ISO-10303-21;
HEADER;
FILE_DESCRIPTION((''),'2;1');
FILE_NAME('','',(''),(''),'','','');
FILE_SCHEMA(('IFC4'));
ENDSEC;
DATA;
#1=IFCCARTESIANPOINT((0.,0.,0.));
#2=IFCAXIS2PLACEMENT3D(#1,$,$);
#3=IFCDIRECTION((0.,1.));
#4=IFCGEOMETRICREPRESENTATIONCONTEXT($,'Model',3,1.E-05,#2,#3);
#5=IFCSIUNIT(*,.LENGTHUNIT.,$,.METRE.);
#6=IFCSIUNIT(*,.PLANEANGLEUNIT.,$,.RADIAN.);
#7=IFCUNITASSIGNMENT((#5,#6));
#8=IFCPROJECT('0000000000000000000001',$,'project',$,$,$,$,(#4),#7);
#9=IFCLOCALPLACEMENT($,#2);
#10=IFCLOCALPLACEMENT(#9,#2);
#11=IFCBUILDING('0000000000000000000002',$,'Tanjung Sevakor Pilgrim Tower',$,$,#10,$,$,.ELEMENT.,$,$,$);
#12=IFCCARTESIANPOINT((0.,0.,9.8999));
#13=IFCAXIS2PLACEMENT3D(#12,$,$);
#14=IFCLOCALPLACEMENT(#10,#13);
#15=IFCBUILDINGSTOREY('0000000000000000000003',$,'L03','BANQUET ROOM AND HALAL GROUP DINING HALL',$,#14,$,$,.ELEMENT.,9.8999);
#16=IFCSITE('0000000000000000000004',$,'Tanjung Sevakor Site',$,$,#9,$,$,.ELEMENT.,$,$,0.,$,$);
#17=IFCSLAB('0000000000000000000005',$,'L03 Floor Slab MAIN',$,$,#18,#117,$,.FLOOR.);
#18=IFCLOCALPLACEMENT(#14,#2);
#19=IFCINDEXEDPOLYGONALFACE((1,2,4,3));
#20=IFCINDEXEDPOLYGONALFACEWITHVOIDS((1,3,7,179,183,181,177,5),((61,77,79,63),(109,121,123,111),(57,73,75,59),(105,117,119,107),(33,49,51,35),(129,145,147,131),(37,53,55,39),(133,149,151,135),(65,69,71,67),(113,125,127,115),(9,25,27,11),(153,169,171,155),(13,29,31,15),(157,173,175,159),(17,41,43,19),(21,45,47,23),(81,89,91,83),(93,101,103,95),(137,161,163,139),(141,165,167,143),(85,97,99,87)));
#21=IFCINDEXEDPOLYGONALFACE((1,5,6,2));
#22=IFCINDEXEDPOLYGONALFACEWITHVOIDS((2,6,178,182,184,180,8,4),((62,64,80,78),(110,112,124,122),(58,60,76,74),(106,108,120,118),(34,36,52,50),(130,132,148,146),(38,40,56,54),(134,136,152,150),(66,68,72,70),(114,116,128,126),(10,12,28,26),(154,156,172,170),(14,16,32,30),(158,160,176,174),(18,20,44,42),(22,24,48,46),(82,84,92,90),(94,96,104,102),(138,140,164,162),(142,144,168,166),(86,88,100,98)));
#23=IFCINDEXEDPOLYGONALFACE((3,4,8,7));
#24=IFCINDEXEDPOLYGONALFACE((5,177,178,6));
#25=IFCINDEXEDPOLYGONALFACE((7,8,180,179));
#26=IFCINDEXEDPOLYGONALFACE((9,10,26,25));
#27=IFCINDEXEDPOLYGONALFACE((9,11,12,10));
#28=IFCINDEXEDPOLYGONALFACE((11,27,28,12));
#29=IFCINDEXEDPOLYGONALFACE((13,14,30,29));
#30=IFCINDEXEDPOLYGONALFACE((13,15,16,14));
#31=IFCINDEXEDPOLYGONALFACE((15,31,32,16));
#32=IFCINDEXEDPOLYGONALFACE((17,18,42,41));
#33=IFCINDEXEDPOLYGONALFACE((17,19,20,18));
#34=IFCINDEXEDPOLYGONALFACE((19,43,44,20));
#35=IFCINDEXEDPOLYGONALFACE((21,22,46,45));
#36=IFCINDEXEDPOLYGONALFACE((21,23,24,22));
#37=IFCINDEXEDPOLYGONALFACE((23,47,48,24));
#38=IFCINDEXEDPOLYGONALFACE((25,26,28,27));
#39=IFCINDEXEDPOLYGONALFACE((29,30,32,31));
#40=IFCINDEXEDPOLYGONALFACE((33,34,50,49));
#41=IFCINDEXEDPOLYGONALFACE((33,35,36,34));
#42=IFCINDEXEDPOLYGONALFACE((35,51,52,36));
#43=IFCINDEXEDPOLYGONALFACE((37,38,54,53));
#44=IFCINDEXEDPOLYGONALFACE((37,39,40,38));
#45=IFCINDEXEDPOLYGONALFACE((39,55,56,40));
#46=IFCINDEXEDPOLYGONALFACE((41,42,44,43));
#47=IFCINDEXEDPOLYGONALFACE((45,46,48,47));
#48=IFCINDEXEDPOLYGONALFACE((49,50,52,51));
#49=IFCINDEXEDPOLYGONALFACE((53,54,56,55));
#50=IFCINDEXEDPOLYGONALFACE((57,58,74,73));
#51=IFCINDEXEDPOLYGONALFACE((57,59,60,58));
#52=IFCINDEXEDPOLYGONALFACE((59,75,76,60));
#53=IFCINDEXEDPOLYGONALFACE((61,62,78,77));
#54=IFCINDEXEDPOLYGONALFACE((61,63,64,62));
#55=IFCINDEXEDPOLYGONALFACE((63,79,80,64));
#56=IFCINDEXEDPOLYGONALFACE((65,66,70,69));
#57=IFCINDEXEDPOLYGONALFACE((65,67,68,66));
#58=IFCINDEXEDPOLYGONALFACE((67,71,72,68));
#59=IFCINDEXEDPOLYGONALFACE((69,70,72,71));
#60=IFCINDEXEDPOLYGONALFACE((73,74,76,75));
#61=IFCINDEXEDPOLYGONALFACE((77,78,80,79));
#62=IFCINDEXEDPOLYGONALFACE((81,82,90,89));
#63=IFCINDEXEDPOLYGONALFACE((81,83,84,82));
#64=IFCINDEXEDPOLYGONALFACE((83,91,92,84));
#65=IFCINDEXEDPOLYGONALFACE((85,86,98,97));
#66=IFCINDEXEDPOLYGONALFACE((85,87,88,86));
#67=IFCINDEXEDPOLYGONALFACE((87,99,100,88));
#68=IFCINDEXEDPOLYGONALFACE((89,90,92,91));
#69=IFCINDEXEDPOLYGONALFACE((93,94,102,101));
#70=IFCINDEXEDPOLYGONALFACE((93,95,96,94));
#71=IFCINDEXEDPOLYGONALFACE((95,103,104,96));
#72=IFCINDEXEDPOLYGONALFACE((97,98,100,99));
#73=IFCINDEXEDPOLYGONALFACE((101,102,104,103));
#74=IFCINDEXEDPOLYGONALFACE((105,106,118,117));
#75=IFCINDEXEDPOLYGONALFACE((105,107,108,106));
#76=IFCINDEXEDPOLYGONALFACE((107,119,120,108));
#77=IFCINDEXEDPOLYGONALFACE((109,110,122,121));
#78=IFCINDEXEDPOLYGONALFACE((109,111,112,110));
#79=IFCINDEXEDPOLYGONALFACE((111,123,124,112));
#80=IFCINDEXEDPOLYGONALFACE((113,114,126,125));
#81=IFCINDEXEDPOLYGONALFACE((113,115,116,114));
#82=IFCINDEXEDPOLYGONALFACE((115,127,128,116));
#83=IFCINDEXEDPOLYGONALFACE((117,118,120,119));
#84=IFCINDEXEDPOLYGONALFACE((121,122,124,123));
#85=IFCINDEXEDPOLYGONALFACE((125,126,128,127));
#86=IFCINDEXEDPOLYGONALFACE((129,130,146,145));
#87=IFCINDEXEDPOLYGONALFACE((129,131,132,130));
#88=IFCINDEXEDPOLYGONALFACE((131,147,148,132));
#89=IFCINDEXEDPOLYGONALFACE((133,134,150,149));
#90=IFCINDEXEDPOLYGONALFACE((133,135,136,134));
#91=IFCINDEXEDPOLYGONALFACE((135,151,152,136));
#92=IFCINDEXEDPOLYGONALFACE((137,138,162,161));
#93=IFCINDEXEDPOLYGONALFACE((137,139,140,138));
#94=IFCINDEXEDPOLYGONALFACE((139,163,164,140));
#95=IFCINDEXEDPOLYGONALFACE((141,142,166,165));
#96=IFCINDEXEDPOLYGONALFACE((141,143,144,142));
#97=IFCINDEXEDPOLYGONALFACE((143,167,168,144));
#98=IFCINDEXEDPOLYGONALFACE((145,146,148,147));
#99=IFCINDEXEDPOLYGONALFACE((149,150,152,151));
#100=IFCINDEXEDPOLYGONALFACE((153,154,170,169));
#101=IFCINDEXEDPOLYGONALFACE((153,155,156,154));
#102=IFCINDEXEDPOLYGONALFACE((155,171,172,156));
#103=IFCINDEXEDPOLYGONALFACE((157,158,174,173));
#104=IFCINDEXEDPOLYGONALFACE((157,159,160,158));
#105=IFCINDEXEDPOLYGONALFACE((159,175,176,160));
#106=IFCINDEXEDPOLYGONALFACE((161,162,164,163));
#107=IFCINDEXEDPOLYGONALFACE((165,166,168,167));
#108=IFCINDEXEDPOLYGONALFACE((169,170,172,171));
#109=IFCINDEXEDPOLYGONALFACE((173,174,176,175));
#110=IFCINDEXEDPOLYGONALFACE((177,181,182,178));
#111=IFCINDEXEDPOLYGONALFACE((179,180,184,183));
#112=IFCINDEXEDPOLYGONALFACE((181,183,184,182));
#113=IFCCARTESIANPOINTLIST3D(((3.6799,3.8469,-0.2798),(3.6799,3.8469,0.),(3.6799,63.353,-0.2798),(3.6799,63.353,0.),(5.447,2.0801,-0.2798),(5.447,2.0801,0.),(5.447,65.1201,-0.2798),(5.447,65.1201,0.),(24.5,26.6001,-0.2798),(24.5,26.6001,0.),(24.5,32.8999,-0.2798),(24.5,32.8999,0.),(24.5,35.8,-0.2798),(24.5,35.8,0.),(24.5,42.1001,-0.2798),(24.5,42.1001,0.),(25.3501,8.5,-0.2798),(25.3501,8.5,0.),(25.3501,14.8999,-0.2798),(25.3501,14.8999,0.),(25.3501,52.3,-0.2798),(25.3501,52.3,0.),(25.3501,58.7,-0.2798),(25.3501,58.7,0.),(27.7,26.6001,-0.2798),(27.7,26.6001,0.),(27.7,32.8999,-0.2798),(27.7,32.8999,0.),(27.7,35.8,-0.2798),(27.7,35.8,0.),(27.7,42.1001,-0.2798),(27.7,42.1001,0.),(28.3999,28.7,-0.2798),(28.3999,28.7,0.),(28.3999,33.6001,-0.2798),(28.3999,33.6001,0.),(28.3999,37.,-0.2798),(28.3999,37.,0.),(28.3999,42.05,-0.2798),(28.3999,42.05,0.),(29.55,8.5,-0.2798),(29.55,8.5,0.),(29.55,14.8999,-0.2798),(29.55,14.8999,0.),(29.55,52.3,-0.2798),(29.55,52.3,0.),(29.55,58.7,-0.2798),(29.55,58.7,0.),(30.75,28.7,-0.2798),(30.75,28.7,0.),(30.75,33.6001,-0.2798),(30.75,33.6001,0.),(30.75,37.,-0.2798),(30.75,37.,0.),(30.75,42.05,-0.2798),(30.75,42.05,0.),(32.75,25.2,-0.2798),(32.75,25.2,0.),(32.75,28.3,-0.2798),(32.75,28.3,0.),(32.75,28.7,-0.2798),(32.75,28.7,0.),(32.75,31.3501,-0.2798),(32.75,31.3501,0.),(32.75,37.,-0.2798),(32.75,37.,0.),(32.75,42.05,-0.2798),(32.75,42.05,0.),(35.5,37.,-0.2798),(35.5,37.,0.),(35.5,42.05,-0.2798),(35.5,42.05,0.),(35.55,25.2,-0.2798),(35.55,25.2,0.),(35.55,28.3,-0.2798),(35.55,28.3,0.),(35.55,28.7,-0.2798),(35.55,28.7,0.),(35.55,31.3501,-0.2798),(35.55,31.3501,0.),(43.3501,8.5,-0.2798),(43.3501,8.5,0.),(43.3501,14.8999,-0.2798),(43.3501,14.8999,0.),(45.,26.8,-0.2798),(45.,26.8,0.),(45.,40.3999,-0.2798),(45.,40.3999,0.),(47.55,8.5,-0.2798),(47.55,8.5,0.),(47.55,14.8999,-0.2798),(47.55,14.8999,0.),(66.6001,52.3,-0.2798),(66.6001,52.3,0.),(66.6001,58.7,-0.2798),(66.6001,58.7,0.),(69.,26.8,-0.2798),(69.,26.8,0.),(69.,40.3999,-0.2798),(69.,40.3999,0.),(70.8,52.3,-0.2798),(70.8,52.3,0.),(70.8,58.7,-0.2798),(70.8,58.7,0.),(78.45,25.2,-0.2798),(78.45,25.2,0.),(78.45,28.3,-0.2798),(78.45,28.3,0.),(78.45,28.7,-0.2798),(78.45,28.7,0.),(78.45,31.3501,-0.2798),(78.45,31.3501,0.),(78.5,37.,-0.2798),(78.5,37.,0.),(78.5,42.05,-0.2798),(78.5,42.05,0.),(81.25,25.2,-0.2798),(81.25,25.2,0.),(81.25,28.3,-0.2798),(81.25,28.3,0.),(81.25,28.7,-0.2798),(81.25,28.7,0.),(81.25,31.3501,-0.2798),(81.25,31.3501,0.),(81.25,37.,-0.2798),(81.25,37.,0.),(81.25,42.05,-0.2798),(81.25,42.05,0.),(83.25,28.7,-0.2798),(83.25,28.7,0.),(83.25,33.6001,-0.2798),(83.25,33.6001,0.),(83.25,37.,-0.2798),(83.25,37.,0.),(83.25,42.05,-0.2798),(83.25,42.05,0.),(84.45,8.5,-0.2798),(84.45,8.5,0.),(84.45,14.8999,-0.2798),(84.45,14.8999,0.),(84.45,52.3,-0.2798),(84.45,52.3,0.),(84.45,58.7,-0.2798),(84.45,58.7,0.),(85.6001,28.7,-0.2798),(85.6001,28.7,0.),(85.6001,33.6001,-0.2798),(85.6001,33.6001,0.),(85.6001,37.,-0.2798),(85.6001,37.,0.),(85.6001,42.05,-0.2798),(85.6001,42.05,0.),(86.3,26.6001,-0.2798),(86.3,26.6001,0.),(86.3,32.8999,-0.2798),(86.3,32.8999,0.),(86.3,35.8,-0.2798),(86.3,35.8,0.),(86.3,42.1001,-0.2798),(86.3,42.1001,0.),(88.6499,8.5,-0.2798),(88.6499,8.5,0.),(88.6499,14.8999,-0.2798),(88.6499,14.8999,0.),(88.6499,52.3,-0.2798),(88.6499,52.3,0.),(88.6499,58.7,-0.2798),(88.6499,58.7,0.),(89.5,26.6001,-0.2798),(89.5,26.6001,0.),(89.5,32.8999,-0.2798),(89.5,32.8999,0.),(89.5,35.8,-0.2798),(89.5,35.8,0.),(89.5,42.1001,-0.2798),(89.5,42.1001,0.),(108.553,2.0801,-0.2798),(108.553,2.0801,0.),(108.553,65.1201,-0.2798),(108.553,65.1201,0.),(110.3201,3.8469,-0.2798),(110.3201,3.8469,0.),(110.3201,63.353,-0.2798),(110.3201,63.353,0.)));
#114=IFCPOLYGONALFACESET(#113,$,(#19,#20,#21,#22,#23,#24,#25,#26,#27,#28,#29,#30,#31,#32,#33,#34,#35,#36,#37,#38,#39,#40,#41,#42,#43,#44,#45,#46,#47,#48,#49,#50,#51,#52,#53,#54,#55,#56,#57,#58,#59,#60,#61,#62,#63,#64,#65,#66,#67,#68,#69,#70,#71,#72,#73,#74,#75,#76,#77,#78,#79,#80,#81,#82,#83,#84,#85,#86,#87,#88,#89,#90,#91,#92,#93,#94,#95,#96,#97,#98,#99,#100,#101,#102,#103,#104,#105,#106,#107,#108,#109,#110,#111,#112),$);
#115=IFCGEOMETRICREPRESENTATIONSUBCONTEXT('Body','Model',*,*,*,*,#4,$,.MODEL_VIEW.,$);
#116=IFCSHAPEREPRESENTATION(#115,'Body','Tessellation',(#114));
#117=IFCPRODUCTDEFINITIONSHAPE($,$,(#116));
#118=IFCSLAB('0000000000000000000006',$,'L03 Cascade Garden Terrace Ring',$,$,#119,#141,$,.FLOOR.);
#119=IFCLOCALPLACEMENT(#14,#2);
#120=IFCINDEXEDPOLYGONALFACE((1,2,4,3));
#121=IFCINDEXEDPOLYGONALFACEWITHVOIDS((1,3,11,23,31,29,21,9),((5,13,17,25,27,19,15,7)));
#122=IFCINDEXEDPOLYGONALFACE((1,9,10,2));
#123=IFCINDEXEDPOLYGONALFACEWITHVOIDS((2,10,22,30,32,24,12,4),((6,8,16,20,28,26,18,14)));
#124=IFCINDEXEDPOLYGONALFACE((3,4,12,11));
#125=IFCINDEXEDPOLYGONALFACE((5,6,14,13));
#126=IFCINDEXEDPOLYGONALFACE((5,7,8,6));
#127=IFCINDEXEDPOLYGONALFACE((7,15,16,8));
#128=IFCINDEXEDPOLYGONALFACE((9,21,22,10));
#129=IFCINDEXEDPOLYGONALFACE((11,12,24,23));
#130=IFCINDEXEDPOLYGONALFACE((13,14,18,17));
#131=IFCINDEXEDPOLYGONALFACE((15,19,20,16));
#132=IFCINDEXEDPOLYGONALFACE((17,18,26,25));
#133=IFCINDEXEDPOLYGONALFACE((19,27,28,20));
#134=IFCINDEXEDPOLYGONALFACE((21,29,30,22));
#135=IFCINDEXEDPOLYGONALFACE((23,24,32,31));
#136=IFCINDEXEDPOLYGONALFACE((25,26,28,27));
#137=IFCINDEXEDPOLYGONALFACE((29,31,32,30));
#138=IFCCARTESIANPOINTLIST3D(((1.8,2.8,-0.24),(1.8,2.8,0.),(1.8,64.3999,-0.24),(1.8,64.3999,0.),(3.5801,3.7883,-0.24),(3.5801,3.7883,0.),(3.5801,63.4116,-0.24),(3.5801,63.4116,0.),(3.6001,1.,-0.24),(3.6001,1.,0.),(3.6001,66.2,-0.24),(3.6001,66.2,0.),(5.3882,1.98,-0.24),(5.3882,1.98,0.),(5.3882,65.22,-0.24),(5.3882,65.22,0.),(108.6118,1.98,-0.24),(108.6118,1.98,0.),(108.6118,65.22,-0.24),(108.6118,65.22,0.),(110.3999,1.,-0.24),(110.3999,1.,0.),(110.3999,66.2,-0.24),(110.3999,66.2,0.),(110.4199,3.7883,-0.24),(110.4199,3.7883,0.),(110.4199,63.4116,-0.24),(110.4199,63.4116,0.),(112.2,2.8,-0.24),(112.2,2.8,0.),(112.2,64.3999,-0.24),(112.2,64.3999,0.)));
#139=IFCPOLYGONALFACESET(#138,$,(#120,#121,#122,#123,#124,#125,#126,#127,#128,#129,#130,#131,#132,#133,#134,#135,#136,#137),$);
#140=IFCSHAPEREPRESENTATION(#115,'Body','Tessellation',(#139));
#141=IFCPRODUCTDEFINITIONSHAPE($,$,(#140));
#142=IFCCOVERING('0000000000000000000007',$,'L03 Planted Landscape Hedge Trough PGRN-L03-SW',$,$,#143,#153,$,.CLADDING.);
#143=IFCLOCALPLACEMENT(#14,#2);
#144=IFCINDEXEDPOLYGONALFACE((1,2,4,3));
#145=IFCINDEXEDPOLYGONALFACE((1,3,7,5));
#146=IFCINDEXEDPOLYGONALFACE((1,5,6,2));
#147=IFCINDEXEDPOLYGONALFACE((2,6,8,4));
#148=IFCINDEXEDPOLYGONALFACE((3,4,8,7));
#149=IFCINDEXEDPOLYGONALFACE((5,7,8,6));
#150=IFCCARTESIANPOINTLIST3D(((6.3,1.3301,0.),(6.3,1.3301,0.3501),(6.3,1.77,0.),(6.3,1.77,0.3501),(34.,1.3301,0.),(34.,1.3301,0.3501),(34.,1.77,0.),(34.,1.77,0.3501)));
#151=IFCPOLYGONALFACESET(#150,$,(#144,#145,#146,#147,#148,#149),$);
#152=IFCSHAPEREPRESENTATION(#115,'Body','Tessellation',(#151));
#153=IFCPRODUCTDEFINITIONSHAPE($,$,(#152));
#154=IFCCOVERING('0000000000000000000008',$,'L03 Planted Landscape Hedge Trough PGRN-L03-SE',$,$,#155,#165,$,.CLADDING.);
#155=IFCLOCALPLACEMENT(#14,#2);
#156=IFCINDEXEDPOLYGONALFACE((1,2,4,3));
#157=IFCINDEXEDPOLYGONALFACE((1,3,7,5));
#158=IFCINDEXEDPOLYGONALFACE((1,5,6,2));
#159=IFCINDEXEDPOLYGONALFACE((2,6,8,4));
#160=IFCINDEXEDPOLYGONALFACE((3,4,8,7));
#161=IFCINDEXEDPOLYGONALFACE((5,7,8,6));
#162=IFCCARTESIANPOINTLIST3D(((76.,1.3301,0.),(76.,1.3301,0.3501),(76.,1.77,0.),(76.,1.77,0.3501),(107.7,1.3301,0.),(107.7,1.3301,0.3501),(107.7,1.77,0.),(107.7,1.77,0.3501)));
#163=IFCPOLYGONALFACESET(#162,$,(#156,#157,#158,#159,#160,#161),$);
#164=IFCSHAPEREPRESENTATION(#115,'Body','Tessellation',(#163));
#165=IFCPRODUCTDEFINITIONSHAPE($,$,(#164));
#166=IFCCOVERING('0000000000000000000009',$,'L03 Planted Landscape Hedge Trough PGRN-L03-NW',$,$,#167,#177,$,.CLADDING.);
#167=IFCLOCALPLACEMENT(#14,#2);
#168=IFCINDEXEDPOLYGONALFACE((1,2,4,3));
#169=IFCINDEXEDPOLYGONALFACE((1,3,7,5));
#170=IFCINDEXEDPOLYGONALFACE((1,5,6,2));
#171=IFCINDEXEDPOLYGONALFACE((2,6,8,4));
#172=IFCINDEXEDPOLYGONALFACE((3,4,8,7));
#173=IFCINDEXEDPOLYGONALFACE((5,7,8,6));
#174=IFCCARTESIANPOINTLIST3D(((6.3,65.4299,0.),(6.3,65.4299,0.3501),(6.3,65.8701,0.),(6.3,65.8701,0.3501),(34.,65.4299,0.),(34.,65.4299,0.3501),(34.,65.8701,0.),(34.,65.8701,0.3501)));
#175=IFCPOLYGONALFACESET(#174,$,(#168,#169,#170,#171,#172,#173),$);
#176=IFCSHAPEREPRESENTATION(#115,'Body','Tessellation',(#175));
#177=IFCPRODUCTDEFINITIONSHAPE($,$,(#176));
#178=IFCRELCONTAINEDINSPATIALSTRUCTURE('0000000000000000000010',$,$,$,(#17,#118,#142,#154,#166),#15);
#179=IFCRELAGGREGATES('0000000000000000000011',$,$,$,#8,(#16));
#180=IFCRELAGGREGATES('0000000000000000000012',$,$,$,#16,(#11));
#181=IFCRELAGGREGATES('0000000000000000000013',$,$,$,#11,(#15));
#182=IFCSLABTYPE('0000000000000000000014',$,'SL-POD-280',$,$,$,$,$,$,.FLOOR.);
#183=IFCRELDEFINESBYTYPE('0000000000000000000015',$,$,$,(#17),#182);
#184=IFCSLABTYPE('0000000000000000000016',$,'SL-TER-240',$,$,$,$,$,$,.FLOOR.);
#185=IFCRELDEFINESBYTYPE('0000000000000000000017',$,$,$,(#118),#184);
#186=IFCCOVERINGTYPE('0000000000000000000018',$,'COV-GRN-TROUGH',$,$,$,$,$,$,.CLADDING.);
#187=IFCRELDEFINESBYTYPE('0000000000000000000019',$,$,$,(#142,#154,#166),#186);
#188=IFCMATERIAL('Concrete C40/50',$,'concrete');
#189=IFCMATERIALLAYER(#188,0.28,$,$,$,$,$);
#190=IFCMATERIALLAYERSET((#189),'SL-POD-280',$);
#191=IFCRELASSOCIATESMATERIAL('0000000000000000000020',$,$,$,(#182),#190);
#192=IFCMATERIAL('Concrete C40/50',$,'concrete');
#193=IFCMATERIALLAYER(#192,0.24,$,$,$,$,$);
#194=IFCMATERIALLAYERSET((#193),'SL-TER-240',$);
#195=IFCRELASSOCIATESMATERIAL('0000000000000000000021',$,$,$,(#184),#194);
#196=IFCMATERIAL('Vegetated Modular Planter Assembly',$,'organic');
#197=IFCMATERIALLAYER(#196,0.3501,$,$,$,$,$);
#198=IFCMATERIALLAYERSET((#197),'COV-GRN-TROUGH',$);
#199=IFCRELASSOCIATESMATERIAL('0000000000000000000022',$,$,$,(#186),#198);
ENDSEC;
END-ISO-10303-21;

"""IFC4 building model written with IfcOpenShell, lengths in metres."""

from ifc_helpers import new_model, si_unit, direction, frame, origin, place, context, subcontext, project, spatial, polyline, outline, extrude, material, layer, layer_set, type_object, element, save


model = new_model("IFC4")

# Units and contexts
model_context = context("Model", 3, precision=1e-05, world=origin(), true_north=direction((0.0, 1.0)))
body_context = subcontext(model_context, "Body", "Model", "MODEL_VIEW")
ifc_project = project(units=[si_unit("LENGTHUNIT", "METRE"), si_unit("PLANEANGLEUNIT", "RADIAN")], contexts=[model_context])

# Site, building, storey
site_placement = place(None, origin())
site = spatial("IfcSite", under=ifc_project, at=site_placement, Name="Tanjung Sevakor Site", CompositionType="ELEMENT", RefElevation=0.0)
building_placement = place(site_placement, origin())
building = spatial("IfcBuilding", under=site, at=building_placement, Name="Tanjung Sevakor Pilgrim Tower", CompositionType="ELEMENT")
storey_placement = place(building_placement, frame((0.0, 0.0, 9.8999)))
storey = spatial("IfcBuildingStorey", under=building, at=storey_placement, Name="L03", Description="BANQUET ROOM AND HALAL GROUP DINING HALL", CompositionType="ELEMENT", Elevation=9.8999)

# Slabs
ifc_material_1 = material(Name="Concrete C40/50", Category="concrete")
ifc_layer_1 = layer(ifc_material_1, 0.28)
ifc_layer_set_1 = layer_set([ifc_layer_1], Name="SL-POD-280")
slab_type_1 = type_object("IfcSlabType", Name="SL-POD-280", PredefinedType="FLOOR", material=ifc_layer_set_1)
slab_1_placement = place(storey_placement, frame((0.0, 0.0, -0.2798)))
element("IfcSlab", 1, at=slab_1_placement, inside=storey, type_object=slab_type_1, Name="L03 Floor Slab MAIN", PredefinedType="FLOOR", context=body_context, shape_type="SweptSolid", body=[
    extrude(outline(polyline([(5.447, 2.0801), (108.553, 2.0801), (110.3201, 3.8469), (110.3201, 63.353), (108.553, 65.1201), (5.447, 65.1201), (3.6799, 63.353), (3.6799, 3.8469), (5.447, 2.0801)]), holes=[polyline([(27.7, 26.6001), (27.7, 32.8999), (24.5, 32.8999), (24.5, 26.6001), (27.7, 26.6001)]), polyline([(27.7, 35.8), (27.7, 42.1001), (24.5, 42.1001), (24.5, 35.8), (27.7, 35.8)]), polyline([(89.5, 26.6001), (89.5, 32.8999), (86.3, 32.8999), (86.3, 26.6001), (89.5, 26.6001)]), polyline([(89.5, 35.8), (89.5, 42.1001), (86.3, 42.1001), (86.3, 35.8), (89.5, 35.8)]), polyline([(25.3501, 14.8999), (25.3501, 8.5), (29.55, 8.5), (29.55, 14.8999), (25.3501, 14.8999)]), polyline([(29.55, 52.3), (29.55, 58.7), (25.3501, 58.7), (25.3501, 52.3), (29.55, 52.3)]), polyline([(43.3501, 14.8999), (43.3501, 8.5), (47.55, 8.5), (47.55, 14.8999), (43.3501, 14.8999)]), polyline([(70.8, 52.3), (70.8, 58.7), (66.6001, 58.7), (66.6001, 52.3), (70.8, 52.3)]), polyline([(84.45, 14.8999), (84.45, 8.5), (88.6499, 8.5), (88.6499, 14.8999), (84.45, 14.8999)]), polyline([(88.6499, 52.3), (88.6499, 58.7), (84.45, 58.7), (84.45, 52.3), (88.6499, 52.3)]), polyline([(32.75, 25.2), (35.55, 25.2), (35.55, 28.3), (32.75, 28.3), (32.75, 25.2)]), polyline([(32.75, 28.7), (35.55, 28.7), (35.55, 31.3501), (32.75, 31.3501), (32.75, 28.7)]), polyline([(28.3999, 28.7), (30.75, 28.7), (30.75, 33.6001), (28.3999, 33.6001), (28.3999, 28.7)]), polyline([(28.3999, 37.0), (30.75, 37.0), (30.75, 42.05), (28.3999, 42.05), (28.3999, 37.0)]), polyline([(32.75, 37.0), (35.5, 37.0), (35.5, 42.05), (32.75, 42.05), (32.75, 37.0)]), polyline([(78.45, 25.2), (81.25, 25.2), (81.25, 28.3), (78.45, 28.3), (78.45, 25.2)]), polyline([(78.45, 28.7), (81.25, 28.7), (81.25, 31.3501), (78.45, 31.3501), (78.45, 28.7)]), polyline([(83.25, 28.7), (85.6001, 28.7), (85.6001, 33.6001), (83.25, 33.6001), (83.25, 28.7)]), polyline([(83.25, 37.0), (85.6001, 37.0), (85.6001, 42.05), (83.25, 42.05), (83.25, 37.0)]), polyline([(78.5, 37.0), (81.25, 37.0), (81.25, 42.05), (78.5, 42.05), (78.5, 37.0)]), polyline([(45.0, 26.8), (69.0, 26.8), (69.0, 40.3999), (45.0, 40.3999), (45.0, 26.8)])]), origin(), (0.0, 0.0, 1.0), 0.2798),
])
ifc_material_2 = material(Name="Concrete C40/50", Category="concrete")
ifc_layer_2 = layer(ifc_material_2, 0.24)
ifc_layer_set_2 = layer_set([ifc_layer_2], Name="SL-TER-240")
slab_type_2 = type_object("IfcSlabType", Name="SL-TER-240", PredefinedType="FLOOR", material=ifc_layer_set_2)
slab_2_placement = place(storey_placement, frame((0.0, 0.0, -0.24)))
element("IfcSlab", 2, at=slab_2_placement, inside=storey, type_object=slab_type_2, Name="L03 Cascade Garden Terrace Ring", PredefinedType="FLOOR", context=body_context, shape_type="SweptSolid", body=[
    extrude(outline(polyline([(3.6001, 1.0), (110.3999, 1.0), (112.2, 2.8), (112.2, 64.3999), (110.3999, 66.2), (3.6001, 66.2), (1.8, 64.3999), (1.8, 2.8), (3.6001, 1.0)]), holes=[polyline([(5.3882, 1.98), (108.6118, 1.98), (110.4199, 3.7883), (110.4199, 63.4116), (108.6118, 65.22), (5.3882, 65.22), (3.5801, 63.4116), (3.5801, 3.7883), (5.3882, 1.98)])]), origin(), (0.0, 0.0, 1.0), 0.24),
])

# Coverings
ifc_material_3 = material(Name="Vegetated Modular Planter Assembly", Category="organic")
ifc_layer_3 = layer(ifc_material_3, 0.3501)
ifc_layer_set_3 = layer_set([ifc_layer_3], Name="COV-GRN-TROUGH")
covering_type = type_object("IfcCoveringType", Name="COV-GRN-TROUGH", PredefinedType="CLADDING", material=ifc_layer_set_3)
covering_1_placement = place(storey_placement, origin())
element("IfcCovering", 3, at=covering_1_placement, inside=storey, type_object=covering_type, Name="L03 Planted Landscape Hedge Trough PGRN-L03-SW", PredefinedType="CLADDING", context=body_context, shape_type="SweptSolid", body=[
    extrude(outline(polyline([(6.3, 1.3301), (34.0, 1.3301), (34.0, 1.77), (6.3, 1.77), (6.3, 1.3301)])), origin(), (0.0, 0.0, 1.0), 0.3501),
])
covering_2_placement = place(storey_placement, origin())
element("IfcCovering", 4, at=covering_2_placement, inside=storey, type_object=covering_type, Name="L03 Planted Landscape Hedge Trough PGRN-L03-SE", PredefinedType="CLADDING", context=body_context, shape_type="SweptSolid", body=[
    extrude(outline(polyline([(76.0, 1.3301), (107.7, 1.3301), (107.7, 1.77), (76.0, 1.77), (76.0, 1.3301)])), origin(), (0.0, 0.0, 1.0), 0.3501),
])
covering_3_placement = place(storey_placement, origin())
element("IfcCovering", 5, at=covering_3_placement, inside=storey, type_object=covering_type, Name="L03 Planted Landscape Hedge Trough PGRN-L03-NW", PredefinedType="CLADDING", context=body_context, shape_type="SweptSolid", body=[
    extrude(outline(polyline([(6.3, 65.4299), (34.0, 65.4299), (34.0, 65.8701), (6.3, 65.8701), (6.3, 65.4299)])), origin(), (0.0, 0.0, 1.0), 0.3501),
])

save(model, "model.ifc")
